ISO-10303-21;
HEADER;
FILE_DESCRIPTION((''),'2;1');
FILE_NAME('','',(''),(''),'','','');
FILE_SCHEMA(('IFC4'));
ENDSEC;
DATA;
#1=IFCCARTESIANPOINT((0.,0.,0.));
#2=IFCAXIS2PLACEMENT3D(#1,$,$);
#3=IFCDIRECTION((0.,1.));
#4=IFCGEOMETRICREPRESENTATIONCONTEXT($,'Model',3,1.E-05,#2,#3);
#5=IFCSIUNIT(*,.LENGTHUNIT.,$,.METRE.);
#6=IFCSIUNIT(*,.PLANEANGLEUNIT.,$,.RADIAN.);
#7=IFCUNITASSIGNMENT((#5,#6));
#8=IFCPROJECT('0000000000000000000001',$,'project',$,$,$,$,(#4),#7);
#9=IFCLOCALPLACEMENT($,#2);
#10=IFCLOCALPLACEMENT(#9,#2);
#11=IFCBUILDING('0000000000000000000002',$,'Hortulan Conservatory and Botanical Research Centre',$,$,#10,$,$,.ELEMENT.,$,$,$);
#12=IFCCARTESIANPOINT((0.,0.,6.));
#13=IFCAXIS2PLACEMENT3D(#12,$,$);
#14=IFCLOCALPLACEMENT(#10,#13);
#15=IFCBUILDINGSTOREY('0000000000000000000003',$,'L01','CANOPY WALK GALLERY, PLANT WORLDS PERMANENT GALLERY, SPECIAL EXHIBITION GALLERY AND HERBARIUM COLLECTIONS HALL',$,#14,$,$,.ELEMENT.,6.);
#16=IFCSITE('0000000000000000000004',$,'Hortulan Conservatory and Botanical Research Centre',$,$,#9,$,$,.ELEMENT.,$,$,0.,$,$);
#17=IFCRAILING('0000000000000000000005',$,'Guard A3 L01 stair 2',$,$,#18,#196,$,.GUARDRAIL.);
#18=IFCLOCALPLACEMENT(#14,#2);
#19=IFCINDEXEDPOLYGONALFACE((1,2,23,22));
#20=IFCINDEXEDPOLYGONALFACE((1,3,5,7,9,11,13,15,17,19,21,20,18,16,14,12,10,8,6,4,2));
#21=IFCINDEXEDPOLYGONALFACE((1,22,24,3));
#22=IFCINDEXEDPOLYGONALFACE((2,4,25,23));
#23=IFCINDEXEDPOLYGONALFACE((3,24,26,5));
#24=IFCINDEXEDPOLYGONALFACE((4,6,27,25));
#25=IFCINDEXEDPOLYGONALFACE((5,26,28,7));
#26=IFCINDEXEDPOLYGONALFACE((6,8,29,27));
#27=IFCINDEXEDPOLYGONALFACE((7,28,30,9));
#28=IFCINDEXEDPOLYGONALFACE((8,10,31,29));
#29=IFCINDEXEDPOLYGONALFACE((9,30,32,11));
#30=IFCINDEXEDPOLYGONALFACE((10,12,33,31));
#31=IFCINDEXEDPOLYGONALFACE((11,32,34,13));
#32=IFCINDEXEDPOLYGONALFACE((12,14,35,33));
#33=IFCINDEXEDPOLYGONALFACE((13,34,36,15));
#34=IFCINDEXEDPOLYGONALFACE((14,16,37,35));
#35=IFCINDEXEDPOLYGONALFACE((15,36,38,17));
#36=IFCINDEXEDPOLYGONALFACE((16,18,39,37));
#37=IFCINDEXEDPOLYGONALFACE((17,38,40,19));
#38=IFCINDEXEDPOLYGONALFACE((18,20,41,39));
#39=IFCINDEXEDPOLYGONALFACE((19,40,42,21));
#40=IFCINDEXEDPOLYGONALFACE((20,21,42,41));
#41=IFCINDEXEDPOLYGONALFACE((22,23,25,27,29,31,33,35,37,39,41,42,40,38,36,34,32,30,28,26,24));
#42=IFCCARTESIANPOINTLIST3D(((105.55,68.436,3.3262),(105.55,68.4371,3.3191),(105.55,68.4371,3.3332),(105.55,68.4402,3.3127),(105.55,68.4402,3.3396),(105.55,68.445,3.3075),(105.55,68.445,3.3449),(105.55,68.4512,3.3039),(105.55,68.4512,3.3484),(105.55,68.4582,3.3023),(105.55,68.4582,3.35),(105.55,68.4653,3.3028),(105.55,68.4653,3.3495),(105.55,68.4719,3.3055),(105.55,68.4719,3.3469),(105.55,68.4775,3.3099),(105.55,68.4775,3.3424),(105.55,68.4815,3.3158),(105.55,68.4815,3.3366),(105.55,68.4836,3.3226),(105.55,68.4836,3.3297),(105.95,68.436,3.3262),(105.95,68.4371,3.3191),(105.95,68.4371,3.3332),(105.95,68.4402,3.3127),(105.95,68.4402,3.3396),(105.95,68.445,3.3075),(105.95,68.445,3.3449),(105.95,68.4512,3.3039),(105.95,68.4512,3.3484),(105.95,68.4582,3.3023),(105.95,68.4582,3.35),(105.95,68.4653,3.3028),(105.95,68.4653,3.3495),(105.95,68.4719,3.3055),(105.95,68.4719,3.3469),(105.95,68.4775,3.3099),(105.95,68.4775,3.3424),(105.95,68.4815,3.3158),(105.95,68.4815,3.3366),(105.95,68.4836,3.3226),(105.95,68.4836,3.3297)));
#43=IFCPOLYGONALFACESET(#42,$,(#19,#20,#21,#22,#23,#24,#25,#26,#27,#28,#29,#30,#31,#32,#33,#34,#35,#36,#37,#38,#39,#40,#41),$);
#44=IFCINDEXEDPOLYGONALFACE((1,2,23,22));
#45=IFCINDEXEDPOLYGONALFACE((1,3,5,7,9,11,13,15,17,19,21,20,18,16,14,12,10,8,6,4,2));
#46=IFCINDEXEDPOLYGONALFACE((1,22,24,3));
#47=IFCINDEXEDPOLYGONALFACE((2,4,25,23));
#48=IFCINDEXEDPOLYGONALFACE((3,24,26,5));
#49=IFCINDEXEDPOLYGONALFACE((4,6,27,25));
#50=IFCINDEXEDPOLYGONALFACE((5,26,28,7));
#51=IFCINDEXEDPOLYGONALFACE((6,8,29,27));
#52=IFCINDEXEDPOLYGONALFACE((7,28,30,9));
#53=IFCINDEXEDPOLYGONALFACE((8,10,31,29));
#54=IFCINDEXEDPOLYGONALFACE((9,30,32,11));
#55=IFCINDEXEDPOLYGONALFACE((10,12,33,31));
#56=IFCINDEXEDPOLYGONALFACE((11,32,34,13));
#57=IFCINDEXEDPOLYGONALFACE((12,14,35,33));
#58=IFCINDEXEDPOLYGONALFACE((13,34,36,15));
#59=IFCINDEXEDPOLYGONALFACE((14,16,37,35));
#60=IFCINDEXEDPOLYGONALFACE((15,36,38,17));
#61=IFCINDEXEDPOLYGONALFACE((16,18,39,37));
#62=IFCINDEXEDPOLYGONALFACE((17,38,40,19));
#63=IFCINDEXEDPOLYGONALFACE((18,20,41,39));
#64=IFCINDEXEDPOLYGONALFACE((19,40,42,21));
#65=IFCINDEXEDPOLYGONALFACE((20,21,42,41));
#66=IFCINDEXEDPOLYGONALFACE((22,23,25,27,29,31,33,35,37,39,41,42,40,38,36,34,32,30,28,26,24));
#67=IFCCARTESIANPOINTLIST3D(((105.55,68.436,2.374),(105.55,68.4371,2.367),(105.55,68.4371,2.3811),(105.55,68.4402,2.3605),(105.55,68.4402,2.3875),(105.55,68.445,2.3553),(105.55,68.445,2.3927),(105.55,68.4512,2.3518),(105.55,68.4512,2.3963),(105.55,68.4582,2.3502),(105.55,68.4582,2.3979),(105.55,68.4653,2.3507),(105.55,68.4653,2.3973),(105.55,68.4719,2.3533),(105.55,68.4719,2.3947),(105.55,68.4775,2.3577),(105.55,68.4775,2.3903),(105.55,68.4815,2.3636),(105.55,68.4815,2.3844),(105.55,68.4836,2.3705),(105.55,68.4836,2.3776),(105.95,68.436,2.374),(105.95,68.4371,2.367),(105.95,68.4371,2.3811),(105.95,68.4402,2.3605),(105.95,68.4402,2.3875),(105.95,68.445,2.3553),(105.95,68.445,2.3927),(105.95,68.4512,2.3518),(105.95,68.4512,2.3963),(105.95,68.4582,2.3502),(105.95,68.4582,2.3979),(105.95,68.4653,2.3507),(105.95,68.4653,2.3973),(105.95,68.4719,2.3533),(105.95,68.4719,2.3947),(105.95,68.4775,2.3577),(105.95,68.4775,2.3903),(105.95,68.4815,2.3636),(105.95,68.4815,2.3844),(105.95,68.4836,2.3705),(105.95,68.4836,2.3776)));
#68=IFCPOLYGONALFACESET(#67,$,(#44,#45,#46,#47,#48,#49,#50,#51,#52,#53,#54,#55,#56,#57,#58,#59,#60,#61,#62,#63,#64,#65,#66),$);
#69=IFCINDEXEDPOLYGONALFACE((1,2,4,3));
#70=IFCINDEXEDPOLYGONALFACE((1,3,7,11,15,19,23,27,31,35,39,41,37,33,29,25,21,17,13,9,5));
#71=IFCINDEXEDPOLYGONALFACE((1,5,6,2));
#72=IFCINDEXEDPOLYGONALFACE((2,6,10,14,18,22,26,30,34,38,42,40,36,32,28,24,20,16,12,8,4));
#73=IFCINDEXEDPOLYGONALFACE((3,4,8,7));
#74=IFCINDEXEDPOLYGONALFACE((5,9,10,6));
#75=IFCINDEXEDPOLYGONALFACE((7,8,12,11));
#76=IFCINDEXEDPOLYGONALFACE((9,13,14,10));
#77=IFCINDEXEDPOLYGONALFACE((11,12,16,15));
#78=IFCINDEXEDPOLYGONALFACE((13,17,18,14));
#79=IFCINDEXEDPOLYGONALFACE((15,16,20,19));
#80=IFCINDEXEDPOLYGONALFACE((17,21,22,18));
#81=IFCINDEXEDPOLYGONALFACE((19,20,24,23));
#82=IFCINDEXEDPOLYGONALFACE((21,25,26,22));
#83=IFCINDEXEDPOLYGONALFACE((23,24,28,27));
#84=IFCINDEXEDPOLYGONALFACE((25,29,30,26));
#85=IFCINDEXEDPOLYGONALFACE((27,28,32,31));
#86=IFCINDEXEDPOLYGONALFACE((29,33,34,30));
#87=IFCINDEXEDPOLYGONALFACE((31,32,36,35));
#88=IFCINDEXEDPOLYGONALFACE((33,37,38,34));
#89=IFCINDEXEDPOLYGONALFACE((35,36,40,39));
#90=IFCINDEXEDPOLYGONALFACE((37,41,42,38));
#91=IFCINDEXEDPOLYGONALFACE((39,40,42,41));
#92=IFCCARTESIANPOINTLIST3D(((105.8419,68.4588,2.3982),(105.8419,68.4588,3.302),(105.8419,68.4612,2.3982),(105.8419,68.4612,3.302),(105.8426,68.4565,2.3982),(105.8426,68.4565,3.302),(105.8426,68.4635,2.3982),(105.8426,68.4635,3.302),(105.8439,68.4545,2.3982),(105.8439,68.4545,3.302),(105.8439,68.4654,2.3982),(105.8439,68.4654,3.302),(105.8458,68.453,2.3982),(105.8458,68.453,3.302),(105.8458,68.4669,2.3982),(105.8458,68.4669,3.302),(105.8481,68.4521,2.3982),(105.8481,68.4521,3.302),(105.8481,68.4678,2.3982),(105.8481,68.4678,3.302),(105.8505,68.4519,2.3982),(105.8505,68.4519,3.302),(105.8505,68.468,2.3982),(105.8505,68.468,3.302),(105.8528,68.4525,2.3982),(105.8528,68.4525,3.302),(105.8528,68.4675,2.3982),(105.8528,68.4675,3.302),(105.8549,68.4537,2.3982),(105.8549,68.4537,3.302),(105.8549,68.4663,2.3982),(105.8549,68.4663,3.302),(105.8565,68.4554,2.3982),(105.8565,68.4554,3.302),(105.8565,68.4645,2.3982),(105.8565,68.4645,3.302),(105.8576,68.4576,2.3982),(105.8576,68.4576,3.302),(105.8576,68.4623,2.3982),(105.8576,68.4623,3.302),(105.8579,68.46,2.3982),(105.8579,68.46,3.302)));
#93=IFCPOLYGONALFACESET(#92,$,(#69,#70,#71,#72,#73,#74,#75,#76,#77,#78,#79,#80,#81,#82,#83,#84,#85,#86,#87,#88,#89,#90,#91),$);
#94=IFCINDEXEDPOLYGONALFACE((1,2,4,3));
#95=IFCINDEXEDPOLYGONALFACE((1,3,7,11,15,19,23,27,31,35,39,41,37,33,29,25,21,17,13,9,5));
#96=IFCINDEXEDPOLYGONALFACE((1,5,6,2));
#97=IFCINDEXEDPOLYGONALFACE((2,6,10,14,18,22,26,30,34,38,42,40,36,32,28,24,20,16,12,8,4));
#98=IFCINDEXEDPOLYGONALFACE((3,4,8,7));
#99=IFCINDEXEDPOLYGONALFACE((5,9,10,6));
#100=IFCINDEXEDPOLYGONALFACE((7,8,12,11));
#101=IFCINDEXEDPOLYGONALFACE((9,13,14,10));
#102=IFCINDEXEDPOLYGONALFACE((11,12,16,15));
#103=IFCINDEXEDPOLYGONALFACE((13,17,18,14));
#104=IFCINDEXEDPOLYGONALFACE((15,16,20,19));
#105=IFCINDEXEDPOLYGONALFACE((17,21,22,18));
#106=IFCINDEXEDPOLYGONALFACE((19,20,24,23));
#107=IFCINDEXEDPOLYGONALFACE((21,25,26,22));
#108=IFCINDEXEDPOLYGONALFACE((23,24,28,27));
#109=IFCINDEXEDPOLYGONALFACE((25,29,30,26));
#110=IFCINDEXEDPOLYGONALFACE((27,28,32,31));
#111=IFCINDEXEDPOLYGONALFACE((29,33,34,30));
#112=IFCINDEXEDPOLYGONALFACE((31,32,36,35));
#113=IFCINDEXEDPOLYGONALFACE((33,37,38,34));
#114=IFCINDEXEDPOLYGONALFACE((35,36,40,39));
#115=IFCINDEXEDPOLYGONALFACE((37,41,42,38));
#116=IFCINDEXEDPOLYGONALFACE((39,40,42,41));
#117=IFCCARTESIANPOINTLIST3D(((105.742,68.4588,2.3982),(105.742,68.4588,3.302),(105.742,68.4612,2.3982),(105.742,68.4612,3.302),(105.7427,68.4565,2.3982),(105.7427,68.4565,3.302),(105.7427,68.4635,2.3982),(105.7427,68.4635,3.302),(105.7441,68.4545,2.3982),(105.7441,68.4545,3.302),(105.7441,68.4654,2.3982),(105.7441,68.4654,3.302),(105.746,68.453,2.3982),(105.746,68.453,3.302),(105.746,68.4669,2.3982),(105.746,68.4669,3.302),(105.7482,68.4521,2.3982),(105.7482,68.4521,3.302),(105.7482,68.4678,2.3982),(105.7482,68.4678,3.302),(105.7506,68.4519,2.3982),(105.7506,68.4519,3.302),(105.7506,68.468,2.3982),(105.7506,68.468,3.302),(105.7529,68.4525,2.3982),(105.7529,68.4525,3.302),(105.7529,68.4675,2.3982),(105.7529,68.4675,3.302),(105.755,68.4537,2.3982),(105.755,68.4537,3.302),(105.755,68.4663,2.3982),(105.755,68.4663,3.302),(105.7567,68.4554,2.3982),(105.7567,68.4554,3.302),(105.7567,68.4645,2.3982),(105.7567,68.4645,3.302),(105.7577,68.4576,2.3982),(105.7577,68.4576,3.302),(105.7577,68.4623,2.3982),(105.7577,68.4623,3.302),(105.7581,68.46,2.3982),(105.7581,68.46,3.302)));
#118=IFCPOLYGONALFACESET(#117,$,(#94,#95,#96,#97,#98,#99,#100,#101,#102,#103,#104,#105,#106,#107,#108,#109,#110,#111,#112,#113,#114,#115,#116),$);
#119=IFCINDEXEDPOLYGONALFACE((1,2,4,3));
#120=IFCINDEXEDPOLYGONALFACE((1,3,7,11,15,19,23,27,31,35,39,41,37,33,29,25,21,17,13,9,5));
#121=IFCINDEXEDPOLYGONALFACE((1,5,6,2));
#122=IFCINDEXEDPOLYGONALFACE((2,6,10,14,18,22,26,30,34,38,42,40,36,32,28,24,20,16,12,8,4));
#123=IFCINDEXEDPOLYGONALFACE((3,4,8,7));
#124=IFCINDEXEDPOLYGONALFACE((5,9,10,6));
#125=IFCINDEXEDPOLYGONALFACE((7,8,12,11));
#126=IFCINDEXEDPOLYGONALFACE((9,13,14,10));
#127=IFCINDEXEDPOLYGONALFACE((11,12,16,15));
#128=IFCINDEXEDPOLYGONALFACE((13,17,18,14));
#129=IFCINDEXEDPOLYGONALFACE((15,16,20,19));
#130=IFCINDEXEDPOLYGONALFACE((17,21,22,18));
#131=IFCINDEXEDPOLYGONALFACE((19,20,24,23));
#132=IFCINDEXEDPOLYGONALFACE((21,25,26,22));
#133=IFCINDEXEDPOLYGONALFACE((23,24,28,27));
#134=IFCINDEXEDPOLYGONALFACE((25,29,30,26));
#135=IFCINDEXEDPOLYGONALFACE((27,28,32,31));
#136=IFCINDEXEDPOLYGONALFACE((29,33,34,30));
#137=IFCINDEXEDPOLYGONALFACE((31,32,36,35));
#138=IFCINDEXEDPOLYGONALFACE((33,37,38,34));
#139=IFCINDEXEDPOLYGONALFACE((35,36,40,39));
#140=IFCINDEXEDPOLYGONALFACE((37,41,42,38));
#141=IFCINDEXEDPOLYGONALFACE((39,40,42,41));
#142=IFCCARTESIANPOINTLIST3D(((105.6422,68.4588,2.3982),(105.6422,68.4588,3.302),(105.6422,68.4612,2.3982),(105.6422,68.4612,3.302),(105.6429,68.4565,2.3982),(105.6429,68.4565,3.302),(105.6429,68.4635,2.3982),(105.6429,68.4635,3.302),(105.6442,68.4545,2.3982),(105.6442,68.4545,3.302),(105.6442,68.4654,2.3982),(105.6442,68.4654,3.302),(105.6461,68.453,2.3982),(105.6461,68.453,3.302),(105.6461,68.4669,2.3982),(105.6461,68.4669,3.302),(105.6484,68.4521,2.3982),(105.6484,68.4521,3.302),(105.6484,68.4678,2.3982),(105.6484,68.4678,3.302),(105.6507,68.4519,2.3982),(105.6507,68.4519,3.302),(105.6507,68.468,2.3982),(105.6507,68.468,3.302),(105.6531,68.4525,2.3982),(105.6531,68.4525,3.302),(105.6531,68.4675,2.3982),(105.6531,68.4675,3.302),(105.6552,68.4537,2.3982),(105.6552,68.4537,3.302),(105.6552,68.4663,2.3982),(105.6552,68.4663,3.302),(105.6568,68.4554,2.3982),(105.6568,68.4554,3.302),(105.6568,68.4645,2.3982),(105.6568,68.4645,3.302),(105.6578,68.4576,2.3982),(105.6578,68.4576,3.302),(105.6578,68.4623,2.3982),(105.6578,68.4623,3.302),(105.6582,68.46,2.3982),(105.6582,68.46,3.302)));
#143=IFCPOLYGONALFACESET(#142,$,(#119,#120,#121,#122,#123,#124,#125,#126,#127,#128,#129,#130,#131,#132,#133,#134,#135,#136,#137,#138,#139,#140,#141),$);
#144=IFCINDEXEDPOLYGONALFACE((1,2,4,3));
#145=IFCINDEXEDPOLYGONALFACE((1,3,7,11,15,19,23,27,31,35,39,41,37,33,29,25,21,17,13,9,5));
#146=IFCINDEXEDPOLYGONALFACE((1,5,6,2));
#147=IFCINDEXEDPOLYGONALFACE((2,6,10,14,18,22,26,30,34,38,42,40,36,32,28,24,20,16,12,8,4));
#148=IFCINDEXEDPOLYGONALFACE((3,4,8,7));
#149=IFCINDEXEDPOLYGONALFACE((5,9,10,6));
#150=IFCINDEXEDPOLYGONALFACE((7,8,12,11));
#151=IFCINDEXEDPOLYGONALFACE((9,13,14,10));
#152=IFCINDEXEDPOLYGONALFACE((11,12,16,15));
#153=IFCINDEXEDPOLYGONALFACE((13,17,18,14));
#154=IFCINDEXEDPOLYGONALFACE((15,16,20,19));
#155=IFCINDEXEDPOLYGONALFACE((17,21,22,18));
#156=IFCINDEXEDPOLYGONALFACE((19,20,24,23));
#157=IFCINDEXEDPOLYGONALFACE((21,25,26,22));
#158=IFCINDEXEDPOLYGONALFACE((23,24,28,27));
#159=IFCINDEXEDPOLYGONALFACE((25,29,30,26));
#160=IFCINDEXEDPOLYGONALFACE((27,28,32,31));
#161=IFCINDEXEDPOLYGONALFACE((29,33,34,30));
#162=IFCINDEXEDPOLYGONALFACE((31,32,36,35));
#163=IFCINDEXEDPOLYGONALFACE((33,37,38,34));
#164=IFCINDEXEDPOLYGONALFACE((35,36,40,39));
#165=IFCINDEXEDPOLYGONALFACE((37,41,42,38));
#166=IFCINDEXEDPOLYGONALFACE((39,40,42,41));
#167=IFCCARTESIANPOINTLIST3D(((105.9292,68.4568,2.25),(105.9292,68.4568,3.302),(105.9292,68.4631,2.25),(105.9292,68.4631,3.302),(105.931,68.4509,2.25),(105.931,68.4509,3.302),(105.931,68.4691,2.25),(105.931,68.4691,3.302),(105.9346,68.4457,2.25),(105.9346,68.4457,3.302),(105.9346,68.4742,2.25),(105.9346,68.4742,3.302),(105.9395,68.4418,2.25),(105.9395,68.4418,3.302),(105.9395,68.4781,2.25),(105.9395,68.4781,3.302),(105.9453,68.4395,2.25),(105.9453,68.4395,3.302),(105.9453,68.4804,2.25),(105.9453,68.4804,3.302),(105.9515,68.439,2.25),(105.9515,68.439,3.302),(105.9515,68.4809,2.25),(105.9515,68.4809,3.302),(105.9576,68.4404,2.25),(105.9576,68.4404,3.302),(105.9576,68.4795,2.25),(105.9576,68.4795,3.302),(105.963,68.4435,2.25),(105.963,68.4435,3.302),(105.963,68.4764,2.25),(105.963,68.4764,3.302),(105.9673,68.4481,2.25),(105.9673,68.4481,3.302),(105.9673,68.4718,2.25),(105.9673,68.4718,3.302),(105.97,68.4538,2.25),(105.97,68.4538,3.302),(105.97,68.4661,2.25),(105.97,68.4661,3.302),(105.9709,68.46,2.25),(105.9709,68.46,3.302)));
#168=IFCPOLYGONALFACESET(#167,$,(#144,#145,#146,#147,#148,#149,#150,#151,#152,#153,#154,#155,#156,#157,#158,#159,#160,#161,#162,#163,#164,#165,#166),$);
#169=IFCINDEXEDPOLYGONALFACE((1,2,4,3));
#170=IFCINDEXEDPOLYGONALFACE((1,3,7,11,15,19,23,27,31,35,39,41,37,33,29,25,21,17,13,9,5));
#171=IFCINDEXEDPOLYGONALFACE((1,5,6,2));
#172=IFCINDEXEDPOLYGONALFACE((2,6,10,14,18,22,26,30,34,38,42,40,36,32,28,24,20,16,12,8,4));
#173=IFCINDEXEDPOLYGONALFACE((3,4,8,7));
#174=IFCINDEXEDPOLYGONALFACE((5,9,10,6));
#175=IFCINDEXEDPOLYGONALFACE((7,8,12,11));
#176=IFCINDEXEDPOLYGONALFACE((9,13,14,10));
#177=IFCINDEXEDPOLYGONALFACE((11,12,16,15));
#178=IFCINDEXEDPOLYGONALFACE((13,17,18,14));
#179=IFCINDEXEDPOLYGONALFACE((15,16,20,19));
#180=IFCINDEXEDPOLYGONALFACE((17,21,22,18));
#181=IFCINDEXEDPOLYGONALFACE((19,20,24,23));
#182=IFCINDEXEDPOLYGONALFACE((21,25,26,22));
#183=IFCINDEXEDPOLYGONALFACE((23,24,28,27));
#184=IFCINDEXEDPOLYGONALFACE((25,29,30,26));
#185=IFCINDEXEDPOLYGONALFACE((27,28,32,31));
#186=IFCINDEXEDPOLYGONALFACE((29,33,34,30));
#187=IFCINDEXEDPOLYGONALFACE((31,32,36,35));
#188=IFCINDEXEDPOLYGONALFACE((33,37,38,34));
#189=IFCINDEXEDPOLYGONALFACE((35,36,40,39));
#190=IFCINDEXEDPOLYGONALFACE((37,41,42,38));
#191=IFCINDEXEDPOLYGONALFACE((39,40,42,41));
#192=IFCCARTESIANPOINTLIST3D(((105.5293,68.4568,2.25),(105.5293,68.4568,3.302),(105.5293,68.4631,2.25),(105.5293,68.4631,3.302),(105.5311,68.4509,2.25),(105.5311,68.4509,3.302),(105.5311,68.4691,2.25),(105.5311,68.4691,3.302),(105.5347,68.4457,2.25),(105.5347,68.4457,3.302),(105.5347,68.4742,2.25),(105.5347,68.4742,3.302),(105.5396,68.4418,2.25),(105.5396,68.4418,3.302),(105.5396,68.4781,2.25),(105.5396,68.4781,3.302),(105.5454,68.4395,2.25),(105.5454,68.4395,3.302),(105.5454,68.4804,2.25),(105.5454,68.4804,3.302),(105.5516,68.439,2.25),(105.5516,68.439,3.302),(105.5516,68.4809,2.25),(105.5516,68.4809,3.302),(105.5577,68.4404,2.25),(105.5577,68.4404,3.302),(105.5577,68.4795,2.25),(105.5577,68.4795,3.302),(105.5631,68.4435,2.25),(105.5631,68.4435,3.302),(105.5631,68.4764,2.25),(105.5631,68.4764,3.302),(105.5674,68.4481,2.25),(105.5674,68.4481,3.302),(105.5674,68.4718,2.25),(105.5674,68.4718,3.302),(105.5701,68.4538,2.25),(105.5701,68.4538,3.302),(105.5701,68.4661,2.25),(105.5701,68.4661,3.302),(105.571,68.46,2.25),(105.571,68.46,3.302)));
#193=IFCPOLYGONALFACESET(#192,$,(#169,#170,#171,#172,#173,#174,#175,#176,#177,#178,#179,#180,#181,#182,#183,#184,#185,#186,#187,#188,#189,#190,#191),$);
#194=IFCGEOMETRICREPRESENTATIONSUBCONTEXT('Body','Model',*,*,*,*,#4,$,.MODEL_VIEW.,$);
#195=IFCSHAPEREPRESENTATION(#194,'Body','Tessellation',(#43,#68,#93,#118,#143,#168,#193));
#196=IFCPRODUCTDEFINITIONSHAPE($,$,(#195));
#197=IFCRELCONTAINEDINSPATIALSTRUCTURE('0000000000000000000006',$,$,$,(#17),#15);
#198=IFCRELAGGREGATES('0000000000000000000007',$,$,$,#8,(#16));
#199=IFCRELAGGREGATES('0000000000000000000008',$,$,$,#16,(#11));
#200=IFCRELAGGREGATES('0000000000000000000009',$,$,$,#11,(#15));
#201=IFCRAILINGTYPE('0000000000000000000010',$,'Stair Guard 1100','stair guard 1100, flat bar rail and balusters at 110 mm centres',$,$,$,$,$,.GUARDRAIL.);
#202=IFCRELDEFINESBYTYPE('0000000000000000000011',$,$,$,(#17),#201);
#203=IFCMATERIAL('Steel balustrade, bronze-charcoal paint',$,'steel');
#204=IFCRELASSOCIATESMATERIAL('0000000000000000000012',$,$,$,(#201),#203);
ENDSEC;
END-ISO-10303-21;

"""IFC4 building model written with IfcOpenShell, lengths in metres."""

from ifc_helpers import new_model, si_unit, direction, frame, origin, origin_2d, place, context, subcontext, project, spatial, circle, extrude, material, type_object, element, save


model = new_model("IFC4")

# Units and contexts
model_context = context("Model", 3, precision=1e-05, world=origin(), true_north=direction((0.0, 1.0)))
body_context = subcontext(model_context, "Body", "Model", "MODEL_VIEW")
ifc_project = project(units=[si_unit("LENGTHUNIT", "METRE"), si_unit("PLANEANGLEUNIT", "RADIAN")], contexts=[model_context])

# Site, building, storey
site_placement = place(None, origin())
site = spatial("IfcSite", under=ifc_project, at=site_placement, Name="Hortulan Conservatory and Botanical Research Centre", CompositionType="ELEMENT", RefElevation=0.0)
building_placement = place(site_placement, origin())
building = spatial("IfcBuilding", under=site, at=building_placement, Name="Hortulan Conservatory and Botanical Research Centre", CompositionType="ELEMENT")
storey_placement = place(building_placement, frame((0.0, 0.0, 6.0)))
storey = spatial("IfcBuildingStorey", under=building, at=storey_placement, Name="L01", Description="CANOPY WALK GALLERY, PLANT WORLDS PERMANENT GALLERY, SPECIAL EXHIBITION GALLERY AND HERBARIUM COLLECTIONS HALL", CompositionType="ELEMENT", Elevation=6.0)

# Railing
ifc_material_1 = material(Name="Steel balustrade, bronze-charcoal paint", Category="steel")
railing_type_1 = type_object("IfcRailingType", Name="Stair Guard 1100", Description="stair guard 1100, flat bar rail and balusters at 110 mm centres", PredefinedType="GUARDRAIL", material=ifc_material_1)
railing_1_placement = place(storey_placement, frame((105.95, 68.46, 2.25)))
element("IfcRailing", 1, at=railing_1_placement, inside=storey, type_object=railing_type_1, Name="Guard A3 L01 stair 2", PredefinedType="GUARDRAIL", context=body_context, shape_type="SweptSolid", body=[
    extrude(circle(Radius=0.0239, at=origin_2d()), frame((0.0, 0.0, 1.0762), z_axis=(-1.0, 0.0, 0.0), x_axis=(0.0, -1.0, 0.0)), (0.0, 0.0, 1.0), 0.3999),
    extrude(circle(Radius=0.0239, at=origin_2d()), frame((0.0, 0.0, 0.124), z_axis=(-1.0, 0.0, 0.0), x_axis=(0.0, -1.0, 0.0)), (0.0, 0.0, 1.0), 0.3999),
    extrude(circle(Radius=0.0081, at=origin_2d()), frame((-0.1001, 0.0, 0.1482)), (0.0, 0.0, 1.0), 0.9038),
    extrude(circle(Radius=0.0081, at=origin_2d()), frame((-0.2, 0.0, 0.1482)), (0.0, 0.0, 1.0), 0.9038),
    extrude(circle(Radius=0.0081, at=origin_2d()), frame((-0.2998, 0.0, 0.1482)), (0.0, 0.0, 1.0), 0.9038),
    extrude(circle(Radius=0.021, at=origin_2d()), origin(), (0.0, 0.0, 1.0), 1.052),
    extrude(circle(Radius=0.021, at=origin_2d()), frame((-0.3999, 0.0, 0.0)), (0.0, 0.0, 1.0), 1.052),
])

save(model, "model.ifc")
